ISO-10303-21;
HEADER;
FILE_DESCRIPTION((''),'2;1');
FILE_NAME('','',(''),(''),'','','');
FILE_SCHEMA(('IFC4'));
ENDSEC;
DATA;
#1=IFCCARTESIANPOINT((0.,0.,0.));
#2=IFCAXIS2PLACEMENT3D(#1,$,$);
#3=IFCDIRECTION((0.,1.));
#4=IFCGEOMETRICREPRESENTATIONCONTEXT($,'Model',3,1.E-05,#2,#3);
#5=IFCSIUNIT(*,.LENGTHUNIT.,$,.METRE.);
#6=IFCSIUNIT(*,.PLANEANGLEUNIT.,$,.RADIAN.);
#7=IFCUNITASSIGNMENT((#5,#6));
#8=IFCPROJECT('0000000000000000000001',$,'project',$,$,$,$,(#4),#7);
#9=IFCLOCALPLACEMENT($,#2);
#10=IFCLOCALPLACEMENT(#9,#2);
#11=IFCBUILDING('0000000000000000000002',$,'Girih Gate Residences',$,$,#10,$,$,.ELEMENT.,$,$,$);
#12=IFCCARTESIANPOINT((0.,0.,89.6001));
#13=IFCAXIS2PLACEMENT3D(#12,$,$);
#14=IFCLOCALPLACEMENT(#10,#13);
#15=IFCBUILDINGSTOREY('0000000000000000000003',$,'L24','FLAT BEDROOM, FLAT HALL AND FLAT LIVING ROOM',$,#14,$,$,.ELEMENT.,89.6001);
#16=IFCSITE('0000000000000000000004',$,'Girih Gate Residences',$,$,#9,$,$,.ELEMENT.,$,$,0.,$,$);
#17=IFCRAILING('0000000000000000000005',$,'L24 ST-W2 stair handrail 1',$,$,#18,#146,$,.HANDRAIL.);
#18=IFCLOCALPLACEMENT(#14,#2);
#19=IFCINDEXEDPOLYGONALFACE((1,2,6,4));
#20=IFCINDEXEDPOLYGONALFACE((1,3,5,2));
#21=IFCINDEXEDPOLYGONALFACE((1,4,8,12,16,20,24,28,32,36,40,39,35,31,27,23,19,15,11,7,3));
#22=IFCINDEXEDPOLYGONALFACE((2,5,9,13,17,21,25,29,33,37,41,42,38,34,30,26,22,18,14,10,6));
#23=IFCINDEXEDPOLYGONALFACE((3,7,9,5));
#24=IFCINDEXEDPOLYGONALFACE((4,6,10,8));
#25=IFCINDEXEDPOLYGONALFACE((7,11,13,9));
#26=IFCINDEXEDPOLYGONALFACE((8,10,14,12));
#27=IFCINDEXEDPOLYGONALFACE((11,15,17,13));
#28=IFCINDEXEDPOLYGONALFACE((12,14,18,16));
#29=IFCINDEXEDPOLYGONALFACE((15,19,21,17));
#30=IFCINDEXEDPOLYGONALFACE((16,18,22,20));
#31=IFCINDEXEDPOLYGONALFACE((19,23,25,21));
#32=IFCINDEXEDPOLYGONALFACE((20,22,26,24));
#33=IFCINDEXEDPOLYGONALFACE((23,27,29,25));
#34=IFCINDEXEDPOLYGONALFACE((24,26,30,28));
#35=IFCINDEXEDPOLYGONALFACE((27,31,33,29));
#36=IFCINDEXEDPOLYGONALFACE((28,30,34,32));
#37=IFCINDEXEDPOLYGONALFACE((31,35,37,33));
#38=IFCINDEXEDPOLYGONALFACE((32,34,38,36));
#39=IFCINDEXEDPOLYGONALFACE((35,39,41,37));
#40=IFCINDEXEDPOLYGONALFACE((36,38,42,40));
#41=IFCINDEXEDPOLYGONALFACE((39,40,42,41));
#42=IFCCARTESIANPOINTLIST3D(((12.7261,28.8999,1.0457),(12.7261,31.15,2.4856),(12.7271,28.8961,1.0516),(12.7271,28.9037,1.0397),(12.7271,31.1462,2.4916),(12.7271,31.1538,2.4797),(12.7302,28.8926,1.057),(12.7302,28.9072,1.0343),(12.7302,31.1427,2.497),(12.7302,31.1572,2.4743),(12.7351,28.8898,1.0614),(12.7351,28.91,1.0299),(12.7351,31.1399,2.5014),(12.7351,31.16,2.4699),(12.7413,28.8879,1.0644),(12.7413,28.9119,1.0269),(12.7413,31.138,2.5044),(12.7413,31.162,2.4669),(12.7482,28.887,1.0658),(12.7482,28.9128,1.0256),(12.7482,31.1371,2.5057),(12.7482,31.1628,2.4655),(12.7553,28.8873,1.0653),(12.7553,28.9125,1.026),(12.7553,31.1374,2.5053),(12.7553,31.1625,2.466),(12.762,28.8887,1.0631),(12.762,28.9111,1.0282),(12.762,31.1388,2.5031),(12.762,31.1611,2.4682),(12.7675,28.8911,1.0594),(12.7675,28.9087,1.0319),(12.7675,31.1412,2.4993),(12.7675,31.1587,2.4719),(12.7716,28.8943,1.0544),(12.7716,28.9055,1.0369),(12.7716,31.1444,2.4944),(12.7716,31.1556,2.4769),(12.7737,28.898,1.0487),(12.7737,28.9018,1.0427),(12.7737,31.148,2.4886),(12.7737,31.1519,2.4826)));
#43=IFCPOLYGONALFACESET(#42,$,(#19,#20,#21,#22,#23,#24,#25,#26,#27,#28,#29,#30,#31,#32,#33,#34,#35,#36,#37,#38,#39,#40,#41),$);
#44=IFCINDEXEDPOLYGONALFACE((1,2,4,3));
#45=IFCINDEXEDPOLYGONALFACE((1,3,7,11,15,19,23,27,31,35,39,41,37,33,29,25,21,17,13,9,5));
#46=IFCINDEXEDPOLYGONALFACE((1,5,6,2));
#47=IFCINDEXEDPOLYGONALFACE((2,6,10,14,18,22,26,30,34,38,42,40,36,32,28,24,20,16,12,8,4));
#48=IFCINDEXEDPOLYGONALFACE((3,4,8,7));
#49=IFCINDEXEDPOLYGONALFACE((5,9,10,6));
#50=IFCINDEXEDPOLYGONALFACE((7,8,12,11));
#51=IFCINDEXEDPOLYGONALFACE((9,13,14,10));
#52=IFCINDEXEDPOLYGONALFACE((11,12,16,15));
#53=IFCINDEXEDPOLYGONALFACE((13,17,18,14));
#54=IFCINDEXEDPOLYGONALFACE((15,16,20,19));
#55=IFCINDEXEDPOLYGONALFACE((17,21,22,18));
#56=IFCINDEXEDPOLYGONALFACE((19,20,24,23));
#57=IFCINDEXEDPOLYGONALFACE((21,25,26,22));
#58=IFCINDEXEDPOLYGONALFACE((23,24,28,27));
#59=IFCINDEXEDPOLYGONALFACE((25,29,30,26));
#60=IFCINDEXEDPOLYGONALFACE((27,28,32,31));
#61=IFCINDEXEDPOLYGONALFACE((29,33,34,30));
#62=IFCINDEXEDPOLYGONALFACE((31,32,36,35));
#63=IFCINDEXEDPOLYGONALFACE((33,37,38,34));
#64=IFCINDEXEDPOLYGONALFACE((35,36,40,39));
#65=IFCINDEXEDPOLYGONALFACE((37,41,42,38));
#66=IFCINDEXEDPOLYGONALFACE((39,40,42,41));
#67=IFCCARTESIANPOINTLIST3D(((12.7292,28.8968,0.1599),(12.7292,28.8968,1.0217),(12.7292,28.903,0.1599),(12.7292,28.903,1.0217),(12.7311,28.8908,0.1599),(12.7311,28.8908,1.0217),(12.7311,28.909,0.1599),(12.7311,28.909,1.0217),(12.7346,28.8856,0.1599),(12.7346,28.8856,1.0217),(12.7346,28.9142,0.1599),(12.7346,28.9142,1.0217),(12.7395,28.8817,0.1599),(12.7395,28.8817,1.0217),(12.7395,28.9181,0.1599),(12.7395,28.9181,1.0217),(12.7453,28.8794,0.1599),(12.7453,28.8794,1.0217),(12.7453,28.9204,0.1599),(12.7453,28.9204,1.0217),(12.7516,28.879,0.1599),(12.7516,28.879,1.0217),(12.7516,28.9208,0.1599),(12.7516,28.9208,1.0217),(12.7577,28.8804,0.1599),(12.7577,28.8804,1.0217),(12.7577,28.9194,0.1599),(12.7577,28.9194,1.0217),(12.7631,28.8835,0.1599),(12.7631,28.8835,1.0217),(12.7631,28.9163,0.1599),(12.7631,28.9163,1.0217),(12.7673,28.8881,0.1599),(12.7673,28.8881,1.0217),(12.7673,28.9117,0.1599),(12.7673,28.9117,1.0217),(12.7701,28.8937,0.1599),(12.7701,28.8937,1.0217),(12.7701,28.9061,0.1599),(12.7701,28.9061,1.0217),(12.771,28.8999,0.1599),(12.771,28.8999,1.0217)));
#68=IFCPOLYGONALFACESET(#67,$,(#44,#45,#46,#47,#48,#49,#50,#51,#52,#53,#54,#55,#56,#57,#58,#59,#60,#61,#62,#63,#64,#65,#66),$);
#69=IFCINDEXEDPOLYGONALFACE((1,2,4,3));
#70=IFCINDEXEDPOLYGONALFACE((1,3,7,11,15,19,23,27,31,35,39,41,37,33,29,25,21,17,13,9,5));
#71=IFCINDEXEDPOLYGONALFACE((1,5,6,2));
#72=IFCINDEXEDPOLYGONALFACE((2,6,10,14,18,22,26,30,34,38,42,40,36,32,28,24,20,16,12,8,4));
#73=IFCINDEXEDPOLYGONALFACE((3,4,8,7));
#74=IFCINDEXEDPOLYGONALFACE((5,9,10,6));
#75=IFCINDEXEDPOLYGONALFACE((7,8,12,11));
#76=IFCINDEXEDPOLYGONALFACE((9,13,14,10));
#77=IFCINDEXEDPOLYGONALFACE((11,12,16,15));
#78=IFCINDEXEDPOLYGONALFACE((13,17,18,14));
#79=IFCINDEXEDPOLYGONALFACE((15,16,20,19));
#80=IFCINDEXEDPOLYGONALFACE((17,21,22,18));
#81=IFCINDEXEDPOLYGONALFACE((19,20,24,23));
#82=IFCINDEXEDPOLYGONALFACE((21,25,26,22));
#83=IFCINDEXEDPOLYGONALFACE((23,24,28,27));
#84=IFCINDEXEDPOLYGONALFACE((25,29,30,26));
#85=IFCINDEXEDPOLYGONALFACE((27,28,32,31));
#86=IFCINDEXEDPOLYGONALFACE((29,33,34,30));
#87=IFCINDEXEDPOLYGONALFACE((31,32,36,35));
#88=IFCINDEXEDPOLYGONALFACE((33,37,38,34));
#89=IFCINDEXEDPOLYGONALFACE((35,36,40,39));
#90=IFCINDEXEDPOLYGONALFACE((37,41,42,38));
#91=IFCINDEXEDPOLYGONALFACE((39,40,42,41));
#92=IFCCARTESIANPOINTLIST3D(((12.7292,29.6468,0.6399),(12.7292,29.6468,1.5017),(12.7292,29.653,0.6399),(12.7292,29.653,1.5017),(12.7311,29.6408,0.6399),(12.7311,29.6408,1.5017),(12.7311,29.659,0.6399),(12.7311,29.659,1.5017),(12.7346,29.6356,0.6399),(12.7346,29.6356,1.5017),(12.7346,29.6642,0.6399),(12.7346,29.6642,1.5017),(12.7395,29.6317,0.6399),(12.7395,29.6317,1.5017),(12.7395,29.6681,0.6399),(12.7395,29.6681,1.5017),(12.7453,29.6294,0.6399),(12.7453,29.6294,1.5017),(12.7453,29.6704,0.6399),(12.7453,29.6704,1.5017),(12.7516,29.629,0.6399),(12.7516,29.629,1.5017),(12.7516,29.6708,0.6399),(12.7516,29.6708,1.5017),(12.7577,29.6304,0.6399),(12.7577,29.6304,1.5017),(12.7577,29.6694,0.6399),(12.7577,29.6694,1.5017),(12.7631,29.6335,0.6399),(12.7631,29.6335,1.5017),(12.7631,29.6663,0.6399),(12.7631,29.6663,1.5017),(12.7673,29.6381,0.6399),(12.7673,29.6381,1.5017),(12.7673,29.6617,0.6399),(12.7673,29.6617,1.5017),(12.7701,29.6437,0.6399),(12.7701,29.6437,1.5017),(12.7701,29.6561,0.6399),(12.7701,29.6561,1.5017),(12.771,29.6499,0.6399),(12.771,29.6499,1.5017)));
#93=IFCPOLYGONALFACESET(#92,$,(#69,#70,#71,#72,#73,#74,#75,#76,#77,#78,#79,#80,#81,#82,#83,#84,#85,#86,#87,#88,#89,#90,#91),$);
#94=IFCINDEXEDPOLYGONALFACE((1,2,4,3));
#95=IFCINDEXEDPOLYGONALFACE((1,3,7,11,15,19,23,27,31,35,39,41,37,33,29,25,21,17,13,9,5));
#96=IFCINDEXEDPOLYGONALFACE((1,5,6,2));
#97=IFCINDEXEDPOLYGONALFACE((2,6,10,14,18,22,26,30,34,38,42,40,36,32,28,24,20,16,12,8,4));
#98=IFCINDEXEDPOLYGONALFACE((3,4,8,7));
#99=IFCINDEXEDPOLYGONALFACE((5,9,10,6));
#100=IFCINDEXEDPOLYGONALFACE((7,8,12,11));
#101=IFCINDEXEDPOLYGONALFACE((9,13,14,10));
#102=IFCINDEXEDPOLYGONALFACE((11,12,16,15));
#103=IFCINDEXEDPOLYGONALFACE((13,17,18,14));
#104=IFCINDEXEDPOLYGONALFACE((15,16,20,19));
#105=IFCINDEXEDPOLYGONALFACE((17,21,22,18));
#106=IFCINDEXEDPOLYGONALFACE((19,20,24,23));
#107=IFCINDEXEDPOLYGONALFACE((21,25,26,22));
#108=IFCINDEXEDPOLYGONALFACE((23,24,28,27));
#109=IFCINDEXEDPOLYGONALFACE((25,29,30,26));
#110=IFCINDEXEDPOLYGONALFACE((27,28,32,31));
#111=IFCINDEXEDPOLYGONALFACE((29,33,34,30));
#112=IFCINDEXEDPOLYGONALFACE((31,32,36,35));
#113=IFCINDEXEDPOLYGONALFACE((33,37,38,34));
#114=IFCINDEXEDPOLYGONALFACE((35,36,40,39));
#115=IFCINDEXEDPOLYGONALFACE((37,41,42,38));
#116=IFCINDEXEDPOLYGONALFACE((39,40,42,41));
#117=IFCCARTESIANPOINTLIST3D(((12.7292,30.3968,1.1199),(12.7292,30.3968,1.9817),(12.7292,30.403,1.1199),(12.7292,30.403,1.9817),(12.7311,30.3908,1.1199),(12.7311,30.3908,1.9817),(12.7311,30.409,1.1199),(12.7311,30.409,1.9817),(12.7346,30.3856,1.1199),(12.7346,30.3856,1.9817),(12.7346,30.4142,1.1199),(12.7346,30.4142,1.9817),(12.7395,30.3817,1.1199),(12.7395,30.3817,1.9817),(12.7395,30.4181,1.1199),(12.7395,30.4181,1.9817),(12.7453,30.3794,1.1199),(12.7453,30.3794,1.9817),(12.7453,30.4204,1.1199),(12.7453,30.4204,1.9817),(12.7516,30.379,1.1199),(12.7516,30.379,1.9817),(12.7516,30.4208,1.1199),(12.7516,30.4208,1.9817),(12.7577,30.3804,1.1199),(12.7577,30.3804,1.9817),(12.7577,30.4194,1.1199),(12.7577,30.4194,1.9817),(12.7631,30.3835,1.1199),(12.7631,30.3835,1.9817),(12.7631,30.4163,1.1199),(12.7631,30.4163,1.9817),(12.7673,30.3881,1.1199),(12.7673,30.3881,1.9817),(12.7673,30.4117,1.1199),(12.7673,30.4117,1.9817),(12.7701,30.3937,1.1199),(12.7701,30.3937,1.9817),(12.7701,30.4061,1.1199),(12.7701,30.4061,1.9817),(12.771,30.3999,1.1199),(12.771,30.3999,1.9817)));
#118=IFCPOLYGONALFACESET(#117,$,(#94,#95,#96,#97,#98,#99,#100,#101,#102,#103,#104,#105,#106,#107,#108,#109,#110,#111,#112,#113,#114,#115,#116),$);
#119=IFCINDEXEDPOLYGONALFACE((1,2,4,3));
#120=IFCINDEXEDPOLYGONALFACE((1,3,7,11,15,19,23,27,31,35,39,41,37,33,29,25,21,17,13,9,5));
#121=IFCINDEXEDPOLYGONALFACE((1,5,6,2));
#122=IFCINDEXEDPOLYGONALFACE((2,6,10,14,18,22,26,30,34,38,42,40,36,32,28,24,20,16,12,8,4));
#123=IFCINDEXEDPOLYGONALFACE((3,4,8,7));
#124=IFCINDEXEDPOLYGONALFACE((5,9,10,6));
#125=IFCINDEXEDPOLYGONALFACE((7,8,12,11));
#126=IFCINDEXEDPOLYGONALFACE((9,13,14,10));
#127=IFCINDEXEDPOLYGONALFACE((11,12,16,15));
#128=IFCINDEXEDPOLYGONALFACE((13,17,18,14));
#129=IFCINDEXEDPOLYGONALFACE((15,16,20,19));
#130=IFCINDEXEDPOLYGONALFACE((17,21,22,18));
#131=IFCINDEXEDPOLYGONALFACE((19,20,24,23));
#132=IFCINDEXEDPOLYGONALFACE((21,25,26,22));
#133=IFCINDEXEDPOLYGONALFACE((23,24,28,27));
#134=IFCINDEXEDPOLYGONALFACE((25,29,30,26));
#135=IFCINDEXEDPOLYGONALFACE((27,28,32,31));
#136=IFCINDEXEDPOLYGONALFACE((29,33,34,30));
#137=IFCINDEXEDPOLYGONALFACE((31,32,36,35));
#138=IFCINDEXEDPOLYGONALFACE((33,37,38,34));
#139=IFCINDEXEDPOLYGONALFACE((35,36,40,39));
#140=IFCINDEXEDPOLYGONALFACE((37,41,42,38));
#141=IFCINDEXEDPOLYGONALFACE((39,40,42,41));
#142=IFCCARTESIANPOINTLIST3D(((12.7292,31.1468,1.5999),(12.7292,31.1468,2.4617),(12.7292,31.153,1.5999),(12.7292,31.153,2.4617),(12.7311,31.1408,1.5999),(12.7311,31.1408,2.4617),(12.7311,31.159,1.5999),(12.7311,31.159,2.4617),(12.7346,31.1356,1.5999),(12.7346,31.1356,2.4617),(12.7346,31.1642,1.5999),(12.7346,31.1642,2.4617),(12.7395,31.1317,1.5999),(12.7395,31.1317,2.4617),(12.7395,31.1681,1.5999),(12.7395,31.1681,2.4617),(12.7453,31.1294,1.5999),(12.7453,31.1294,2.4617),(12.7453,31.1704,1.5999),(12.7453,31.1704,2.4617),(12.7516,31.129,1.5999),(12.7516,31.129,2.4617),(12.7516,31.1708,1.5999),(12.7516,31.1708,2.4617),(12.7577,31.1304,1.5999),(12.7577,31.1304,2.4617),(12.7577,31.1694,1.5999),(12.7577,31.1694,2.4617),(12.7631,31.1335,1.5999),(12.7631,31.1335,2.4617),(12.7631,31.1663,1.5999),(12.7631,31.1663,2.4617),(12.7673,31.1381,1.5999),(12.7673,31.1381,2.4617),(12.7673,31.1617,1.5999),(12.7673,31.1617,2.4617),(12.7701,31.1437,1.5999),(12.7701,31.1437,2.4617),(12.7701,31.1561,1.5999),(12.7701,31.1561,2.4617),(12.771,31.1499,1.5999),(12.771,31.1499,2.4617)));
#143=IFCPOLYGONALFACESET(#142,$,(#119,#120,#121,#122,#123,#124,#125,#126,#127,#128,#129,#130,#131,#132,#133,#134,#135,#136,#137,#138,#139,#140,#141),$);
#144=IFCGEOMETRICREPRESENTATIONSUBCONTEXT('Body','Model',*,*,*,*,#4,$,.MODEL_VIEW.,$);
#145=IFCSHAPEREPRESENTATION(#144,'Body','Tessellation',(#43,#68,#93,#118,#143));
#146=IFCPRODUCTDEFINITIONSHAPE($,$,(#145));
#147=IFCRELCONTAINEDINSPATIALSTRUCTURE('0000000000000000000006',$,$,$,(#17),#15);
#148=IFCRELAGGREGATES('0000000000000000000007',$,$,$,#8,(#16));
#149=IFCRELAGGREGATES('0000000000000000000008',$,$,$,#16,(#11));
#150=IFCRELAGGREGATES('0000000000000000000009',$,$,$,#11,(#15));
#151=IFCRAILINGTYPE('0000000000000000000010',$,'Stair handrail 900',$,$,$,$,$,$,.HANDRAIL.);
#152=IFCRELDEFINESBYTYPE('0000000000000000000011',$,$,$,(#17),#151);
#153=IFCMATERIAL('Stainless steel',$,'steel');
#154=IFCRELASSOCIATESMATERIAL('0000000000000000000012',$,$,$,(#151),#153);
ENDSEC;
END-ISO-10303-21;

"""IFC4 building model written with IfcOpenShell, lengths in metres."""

from ifc_helpers import new_model, si_unit, direction, frame, origin, origin_2d, place, context, subcontext, project, spatial, circle, extrude, material, type_object, element, save


model = new_model("IFC4")

# Units and contexts
model_context = context("Model", 3, precision=1e-05, world=origin(), true_north=direction((0.0, 1.0)))
body_context = subcontext(model_context, "Body", "Model", "MODEL_VIEW")
ifc_project = project(units=[si_unit("LENGTHUNIT", "METRE"), si_unit("PLANEANGLEUNIT", "RADIAN")], contexts=[model_context])

# Site, building, storey
site_placement = place(None, origin())
site = spatial("IfcSite", under=ifc_project, at=site_placement, Name="Girih Gate Residences", CompositionType="ELEMENT", RefElevation=0.0)
building_placement = place(site_placement, origin())
building = spatial("IfcBuilding", under=site, at=building_placement, Name="Girih Gate Residences", CompositionType="ELEMENT")
storey_placement = place(building_placement, frame((0.0, 0.0, 89.6001)))
storey = spatial("IfcBuildingStorey", under=building, at=storey_placement, Name="L24", Description="FLAT BEDROOM, FLAT HALL AND FLAT LIVING ROOM", CompositionType="ELEMENT", Elevation=89.6001)

# Railing
ifc_material_1 = material(Name="Stainless steel", Category="steel")
railing_type_1 = type_object("IfcRailingType", Name="Stair handrail 900", PredefinedType="HANDRAIL", material=ifc_material_1)
railing_1_placement = place(storey_placement, frame((12.75, 28.8999, 0.1599)))
element("IfcRailing", 1, at=railing_1_placement, inside=storey, type_object=railing_type_1, Name="L24 ST-W2 stair handrail 1", PredefinedType="HANDRAIL", context=body_context, shape_type="SweptSolid", body=[
    extrude(circle(Radius=0.0239, at=origin_2d()), frame((0.0, 0.0, 0.8857), z_axis=(0.0, 0.842281, 0.539038), x_axis=(-1.0, 0.0, 0.0)), (0.0, 0.0, 1.0), 2.6714),
    extrude(circle(Radius=0.021, at=origin_2d()), origin(), (0.0, 0.0, 1.0), 0.8618),
    extrude(circle(Radius=0.021, at=origin_2d()), frame((0.0, 0.75, 0.48)), (0.0, 0.0, 1.0), 0.8618),
    extrude(circle(Radius=0.021, at=origin_2d()), frame((0.0, 1.5, 0.96)), (0.0, 0.0, 1.0), 0.8618),
    extrude(circle(Radius=0.021, at=origin_2d()), frame((0.0, 2.25, 1.4399)), (0.0, 0.0, 1.0), 0.8618),
])

save(model, "model.ifc")
